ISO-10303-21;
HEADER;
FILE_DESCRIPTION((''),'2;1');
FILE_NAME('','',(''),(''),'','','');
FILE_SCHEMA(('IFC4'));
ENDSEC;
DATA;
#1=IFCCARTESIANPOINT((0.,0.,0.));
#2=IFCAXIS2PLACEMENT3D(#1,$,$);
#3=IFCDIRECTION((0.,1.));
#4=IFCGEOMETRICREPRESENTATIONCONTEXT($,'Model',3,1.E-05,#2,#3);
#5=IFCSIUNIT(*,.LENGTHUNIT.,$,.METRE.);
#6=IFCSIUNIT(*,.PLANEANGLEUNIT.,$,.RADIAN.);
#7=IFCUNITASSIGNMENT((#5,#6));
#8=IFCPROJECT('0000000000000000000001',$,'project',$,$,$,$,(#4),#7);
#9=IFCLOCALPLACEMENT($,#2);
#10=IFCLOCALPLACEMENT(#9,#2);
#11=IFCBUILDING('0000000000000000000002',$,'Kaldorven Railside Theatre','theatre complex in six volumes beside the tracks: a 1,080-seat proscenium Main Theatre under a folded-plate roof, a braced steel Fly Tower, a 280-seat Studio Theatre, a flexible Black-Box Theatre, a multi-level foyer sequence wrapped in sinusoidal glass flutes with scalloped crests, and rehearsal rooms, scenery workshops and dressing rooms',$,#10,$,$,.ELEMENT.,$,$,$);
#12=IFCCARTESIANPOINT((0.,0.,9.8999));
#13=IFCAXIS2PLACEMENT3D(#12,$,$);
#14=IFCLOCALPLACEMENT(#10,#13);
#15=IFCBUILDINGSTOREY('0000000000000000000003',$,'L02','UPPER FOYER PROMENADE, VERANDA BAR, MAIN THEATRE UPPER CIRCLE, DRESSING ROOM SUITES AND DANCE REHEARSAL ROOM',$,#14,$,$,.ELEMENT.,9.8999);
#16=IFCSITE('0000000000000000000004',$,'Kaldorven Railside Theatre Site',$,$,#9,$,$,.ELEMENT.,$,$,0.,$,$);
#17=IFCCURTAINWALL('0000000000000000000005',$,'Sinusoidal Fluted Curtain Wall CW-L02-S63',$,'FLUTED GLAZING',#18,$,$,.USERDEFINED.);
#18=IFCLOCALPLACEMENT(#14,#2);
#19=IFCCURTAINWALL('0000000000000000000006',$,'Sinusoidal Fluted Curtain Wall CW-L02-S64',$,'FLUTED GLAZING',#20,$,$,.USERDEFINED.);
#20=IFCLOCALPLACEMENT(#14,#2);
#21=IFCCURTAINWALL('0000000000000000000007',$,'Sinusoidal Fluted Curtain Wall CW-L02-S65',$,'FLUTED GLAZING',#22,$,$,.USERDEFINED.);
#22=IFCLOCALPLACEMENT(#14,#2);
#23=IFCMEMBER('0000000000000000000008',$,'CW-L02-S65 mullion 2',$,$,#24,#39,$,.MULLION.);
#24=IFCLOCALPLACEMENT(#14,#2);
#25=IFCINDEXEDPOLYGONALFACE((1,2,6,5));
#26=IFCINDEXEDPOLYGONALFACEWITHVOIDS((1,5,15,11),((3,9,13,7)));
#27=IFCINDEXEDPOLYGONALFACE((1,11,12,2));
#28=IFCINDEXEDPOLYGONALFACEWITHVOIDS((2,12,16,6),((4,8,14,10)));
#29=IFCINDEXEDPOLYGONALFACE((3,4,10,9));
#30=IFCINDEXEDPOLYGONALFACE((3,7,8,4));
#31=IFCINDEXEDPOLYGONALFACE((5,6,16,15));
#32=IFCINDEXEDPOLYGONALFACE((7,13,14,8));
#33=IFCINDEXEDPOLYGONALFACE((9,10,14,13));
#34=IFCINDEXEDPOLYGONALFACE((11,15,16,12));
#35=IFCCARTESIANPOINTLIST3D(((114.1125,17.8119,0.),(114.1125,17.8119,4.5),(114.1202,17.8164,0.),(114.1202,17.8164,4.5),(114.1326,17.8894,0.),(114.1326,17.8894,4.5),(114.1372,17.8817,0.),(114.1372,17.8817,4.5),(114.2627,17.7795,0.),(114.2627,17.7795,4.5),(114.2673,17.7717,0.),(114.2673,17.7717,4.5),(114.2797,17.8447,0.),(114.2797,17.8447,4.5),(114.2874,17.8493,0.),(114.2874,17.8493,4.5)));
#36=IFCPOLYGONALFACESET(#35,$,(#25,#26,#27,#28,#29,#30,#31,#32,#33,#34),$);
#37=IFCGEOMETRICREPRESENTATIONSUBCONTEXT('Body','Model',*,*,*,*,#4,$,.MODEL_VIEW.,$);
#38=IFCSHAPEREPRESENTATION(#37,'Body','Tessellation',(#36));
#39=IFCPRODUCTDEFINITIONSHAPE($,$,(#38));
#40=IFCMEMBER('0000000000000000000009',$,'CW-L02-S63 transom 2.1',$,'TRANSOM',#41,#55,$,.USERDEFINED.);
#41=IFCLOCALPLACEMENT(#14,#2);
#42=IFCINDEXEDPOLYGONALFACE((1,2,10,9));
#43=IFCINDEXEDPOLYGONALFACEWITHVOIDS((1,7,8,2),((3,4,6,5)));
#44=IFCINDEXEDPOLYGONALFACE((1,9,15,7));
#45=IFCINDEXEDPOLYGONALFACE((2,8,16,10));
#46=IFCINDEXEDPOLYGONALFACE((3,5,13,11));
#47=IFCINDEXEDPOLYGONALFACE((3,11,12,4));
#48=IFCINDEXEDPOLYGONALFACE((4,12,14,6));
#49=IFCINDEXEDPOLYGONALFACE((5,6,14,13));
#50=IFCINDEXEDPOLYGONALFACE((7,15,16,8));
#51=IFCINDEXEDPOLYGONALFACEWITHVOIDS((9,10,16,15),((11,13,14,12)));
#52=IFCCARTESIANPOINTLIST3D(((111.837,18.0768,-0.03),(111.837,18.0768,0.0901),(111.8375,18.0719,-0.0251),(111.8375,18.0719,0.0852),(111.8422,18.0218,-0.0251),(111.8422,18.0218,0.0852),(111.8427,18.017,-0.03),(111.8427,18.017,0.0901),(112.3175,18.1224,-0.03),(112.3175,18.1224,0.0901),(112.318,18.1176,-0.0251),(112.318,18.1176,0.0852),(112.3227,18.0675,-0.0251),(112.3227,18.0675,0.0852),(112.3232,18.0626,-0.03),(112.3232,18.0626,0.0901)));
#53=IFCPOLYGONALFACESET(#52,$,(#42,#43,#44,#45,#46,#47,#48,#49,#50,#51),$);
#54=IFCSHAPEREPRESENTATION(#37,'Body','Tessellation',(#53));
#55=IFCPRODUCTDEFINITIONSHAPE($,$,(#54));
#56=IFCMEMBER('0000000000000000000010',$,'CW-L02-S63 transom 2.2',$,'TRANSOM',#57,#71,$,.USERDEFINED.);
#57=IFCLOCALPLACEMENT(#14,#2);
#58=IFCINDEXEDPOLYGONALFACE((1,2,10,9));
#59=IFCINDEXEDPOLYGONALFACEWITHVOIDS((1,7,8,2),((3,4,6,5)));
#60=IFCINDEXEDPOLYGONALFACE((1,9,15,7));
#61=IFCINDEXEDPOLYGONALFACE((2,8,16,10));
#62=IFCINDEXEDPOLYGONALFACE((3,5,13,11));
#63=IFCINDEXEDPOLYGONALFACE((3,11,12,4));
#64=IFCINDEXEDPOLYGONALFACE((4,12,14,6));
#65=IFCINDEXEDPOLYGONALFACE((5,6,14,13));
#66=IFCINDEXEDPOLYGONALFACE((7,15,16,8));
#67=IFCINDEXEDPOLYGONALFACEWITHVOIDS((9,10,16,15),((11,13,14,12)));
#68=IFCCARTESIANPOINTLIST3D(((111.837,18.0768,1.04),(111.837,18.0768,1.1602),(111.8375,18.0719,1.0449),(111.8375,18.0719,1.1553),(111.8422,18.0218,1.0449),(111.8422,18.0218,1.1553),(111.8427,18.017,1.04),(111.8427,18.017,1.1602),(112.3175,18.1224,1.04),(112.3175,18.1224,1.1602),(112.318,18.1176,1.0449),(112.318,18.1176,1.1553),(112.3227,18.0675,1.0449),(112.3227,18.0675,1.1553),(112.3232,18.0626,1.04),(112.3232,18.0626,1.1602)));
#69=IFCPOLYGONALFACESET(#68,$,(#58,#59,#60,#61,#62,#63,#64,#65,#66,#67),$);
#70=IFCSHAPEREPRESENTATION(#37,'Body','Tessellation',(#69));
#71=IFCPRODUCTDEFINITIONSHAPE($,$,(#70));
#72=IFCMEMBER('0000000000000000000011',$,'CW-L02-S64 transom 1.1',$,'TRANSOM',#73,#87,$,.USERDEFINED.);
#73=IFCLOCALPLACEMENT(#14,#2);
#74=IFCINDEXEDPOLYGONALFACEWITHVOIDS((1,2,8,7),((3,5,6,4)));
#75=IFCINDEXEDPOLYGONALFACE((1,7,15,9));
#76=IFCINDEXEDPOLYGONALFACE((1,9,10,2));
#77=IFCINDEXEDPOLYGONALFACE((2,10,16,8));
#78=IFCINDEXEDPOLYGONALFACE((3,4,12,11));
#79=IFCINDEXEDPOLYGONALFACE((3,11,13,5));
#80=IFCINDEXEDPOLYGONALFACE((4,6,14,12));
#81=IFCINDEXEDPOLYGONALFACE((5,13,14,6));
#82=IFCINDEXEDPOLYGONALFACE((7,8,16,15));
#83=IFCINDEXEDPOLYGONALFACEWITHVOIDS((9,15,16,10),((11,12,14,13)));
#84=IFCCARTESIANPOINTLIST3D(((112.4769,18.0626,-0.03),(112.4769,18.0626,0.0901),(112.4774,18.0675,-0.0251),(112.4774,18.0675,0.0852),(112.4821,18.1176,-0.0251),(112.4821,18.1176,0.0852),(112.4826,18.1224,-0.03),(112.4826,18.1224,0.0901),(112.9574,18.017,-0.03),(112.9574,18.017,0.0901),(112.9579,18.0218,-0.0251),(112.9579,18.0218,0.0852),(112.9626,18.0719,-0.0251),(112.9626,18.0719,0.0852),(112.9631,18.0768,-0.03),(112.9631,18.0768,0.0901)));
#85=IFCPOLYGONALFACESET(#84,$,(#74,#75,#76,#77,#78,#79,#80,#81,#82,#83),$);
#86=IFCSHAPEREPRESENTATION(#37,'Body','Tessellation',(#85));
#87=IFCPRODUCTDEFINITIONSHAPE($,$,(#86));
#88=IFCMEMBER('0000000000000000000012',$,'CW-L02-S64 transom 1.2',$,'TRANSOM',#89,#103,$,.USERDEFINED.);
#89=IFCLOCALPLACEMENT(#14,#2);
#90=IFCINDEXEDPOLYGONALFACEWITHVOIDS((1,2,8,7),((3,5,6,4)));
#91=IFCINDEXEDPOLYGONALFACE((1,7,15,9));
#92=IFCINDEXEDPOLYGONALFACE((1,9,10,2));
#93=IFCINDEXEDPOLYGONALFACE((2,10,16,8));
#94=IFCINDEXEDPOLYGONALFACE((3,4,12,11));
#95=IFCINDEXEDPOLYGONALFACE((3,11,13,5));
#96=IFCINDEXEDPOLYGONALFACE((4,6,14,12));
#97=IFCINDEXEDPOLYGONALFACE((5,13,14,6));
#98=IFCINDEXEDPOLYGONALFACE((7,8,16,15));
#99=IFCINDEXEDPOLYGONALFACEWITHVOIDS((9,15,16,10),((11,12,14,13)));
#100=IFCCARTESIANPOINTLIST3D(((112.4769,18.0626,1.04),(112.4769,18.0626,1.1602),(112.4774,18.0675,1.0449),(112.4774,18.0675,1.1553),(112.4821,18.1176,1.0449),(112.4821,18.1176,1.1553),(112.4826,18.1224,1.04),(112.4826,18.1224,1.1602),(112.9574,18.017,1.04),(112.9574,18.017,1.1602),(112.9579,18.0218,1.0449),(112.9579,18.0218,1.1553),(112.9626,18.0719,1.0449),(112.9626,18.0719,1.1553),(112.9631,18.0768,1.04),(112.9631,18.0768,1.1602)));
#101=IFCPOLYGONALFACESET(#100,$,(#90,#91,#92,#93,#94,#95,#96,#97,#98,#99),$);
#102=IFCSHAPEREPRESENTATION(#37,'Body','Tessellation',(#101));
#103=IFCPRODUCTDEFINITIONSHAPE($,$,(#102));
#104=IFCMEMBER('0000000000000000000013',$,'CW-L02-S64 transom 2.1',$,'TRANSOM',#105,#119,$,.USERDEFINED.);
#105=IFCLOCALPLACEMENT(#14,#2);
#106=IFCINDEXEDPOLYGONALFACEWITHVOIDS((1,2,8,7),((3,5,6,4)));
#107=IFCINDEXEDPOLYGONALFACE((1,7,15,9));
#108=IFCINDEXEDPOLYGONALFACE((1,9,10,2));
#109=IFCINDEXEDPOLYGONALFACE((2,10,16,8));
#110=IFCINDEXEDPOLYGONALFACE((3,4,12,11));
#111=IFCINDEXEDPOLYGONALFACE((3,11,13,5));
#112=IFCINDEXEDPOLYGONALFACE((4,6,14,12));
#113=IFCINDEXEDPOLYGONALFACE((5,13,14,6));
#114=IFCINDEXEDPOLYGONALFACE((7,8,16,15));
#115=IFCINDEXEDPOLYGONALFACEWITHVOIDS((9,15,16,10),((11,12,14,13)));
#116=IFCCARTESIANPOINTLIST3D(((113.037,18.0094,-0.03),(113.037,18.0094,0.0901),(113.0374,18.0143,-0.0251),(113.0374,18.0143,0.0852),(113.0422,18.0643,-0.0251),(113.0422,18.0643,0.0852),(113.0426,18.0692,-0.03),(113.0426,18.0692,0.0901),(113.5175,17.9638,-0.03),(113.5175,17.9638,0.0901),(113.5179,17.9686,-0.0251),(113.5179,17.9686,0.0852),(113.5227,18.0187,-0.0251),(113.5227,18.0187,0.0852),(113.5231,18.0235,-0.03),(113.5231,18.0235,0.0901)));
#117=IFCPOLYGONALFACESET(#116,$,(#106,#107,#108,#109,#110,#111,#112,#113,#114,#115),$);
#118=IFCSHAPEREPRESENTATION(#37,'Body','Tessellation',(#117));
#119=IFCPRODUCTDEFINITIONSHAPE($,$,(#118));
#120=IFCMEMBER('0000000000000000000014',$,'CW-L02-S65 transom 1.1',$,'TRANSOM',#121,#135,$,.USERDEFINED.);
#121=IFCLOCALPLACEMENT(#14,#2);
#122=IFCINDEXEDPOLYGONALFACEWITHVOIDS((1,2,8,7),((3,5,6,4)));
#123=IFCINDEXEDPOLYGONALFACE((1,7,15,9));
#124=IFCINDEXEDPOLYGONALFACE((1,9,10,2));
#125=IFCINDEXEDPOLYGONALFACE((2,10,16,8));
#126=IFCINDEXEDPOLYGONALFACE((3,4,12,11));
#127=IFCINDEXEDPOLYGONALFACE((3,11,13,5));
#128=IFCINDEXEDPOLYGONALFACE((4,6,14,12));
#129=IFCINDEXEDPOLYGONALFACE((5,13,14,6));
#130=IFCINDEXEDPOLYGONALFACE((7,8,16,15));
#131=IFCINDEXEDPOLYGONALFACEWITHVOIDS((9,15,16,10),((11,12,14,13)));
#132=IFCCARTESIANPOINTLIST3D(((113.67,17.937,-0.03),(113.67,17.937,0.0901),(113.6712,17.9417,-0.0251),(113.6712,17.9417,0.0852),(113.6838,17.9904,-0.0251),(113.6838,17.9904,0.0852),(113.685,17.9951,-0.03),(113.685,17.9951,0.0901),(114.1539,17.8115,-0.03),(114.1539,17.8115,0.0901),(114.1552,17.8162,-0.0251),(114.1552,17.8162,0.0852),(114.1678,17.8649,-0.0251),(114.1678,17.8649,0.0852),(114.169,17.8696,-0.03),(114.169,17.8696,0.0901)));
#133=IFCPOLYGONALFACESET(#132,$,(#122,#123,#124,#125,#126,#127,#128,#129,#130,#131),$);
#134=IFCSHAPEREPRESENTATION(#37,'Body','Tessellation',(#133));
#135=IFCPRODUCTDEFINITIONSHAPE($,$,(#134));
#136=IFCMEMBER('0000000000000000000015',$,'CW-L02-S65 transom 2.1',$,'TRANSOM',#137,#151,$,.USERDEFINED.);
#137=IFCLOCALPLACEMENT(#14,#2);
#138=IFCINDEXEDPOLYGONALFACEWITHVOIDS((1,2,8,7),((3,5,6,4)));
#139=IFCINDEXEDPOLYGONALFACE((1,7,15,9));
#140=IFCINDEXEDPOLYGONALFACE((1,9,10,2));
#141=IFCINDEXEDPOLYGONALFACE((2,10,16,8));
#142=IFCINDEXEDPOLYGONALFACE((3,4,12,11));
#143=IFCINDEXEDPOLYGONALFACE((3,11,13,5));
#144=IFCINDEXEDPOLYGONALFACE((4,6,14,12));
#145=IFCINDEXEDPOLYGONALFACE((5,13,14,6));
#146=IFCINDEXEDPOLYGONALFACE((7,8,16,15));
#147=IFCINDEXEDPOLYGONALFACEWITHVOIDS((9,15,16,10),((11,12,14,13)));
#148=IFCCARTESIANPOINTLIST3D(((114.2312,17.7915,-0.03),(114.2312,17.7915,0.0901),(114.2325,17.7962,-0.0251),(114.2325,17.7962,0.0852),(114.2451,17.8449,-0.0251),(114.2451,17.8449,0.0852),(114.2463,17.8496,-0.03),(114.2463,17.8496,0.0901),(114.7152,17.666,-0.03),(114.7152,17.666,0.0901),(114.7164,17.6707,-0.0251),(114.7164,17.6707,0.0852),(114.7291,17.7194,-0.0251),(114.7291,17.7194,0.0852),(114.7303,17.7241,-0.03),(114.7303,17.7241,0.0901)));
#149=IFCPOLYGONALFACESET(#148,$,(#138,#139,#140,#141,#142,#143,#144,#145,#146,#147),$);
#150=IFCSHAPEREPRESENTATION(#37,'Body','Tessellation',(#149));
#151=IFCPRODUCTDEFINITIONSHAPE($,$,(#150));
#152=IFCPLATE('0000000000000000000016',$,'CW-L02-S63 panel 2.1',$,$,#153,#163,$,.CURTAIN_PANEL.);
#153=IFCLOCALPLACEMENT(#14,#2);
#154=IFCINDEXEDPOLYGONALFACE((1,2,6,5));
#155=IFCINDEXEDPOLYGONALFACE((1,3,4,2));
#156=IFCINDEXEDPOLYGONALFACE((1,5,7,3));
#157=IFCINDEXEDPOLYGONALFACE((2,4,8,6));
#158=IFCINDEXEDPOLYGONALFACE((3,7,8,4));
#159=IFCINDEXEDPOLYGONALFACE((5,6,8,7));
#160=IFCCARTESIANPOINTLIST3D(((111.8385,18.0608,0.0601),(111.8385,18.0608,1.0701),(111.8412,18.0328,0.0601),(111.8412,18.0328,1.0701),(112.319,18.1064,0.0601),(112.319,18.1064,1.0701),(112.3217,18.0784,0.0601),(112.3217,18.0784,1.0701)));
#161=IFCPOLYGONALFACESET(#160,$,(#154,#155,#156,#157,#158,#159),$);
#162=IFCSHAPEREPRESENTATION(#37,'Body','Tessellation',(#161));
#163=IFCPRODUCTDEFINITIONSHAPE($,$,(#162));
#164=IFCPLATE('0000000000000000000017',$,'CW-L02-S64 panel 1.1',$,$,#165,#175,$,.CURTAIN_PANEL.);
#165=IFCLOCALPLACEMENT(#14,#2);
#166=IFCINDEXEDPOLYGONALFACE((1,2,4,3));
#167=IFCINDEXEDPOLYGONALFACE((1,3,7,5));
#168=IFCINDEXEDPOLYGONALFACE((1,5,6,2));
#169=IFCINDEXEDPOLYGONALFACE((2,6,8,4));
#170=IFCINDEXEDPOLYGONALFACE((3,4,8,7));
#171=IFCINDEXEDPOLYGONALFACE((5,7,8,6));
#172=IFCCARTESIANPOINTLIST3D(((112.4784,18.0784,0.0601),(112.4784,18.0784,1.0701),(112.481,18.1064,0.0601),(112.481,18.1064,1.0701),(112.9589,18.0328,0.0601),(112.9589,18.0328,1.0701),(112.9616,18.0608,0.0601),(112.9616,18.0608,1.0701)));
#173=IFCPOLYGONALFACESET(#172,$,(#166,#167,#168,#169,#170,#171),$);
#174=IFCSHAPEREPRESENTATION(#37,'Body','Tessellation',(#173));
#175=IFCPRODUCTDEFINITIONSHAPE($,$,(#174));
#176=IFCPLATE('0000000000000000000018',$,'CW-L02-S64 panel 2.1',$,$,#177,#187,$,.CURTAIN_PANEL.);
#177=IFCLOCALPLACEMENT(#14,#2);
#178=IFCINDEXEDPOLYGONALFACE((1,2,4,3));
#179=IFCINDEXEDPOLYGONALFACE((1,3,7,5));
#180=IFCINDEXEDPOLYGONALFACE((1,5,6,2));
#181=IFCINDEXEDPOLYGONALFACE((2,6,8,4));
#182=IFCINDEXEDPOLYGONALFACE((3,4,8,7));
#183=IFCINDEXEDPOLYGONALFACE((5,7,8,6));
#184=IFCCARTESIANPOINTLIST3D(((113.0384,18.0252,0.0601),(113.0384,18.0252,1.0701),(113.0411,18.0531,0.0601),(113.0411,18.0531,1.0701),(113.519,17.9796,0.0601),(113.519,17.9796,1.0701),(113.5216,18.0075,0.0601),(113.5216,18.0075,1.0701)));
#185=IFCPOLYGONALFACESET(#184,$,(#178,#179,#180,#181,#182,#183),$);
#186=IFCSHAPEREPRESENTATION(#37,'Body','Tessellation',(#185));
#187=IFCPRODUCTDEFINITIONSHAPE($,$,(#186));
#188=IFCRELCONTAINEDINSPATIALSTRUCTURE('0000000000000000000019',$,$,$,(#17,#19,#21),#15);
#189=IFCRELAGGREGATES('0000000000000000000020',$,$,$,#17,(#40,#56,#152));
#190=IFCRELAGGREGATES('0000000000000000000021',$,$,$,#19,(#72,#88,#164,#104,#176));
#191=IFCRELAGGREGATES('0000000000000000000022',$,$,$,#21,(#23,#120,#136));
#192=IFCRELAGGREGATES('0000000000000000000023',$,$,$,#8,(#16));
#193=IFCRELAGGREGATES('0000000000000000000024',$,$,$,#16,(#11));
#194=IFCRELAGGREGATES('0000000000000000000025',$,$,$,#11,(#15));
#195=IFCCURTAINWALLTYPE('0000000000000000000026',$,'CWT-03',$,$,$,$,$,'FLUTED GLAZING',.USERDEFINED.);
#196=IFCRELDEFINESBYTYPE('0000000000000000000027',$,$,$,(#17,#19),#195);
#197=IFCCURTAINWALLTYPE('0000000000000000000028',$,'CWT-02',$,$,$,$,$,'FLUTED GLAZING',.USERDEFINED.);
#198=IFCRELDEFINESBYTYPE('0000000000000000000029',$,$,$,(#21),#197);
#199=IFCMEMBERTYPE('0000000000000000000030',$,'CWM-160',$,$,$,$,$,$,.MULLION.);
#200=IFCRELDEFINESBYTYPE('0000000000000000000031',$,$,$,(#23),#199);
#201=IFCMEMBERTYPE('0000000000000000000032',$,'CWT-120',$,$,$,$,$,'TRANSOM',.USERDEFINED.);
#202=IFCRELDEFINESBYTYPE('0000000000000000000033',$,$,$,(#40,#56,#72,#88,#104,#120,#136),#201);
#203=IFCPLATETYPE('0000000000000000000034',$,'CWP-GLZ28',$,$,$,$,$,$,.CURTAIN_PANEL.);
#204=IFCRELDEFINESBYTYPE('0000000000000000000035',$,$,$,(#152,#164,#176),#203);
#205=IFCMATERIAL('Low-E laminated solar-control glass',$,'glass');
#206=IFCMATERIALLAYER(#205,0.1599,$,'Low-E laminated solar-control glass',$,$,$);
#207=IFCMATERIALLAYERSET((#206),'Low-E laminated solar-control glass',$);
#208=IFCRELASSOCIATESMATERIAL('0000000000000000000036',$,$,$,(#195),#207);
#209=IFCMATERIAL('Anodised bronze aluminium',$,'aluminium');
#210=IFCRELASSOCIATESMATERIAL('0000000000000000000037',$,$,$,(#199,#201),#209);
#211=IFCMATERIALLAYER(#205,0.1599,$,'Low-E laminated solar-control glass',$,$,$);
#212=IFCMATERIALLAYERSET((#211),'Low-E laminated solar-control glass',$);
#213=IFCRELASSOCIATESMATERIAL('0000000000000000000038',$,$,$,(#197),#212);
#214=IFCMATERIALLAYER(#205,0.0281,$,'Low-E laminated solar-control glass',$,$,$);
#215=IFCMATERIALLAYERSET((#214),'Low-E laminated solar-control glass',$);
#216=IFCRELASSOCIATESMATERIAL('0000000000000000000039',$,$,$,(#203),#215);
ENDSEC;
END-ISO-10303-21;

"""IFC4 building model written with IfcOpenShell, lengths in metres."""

from ifc_helpers import new_model, si_unit, direction, frame, origin, origin_2d, place, context, subcontext, project, spatial, rectangle, hollow_rectangle, extrude, material, layer, layer_set, material_profile, profile_set, type_object, element, aggregate, save


model = new_model("IFC4")

# Units and contexts
model_context = context("Model", 3, precision=1e-05, world=origin(), true_north=direction((0.0, 1.0)))
body_context = subcontext(model_context, "Body", "Model", "MODEL_VIEW")
ifc_project = project(units=[si_unit("LENGTHUNIT", "METRE"), si_unit("PLANEANGLEUNIT", "RADIAN")], contexts=[model_context])

# Site, building, storey
site_placement = place(None, origin())
site = spatial("IfcSite", under=ifc_project, at=site_placement, Name="Kaldorven Railside Theatre Site", CompositionType="ELEMENT", RefElevation=0.0)
building_placement = place(site_placement, origin())
building = spatial("IfcBuilding", under=site, at=building_placement, Name="Kaldorven Railside Theatre", Description="theatre complex in six volumes beside the tracks: a 1,080-seat proscenium Main Theatre under a folded-plate roof, a braced steel Fly Tower, a 280-seat Studio Theatre, a flexible Black-Box Theatre, a multi-level foyer sequence wrapped in sinusoidal glass flutes with scalloped crests, and rehearsal rooms, scenery workshops and dressing rooms", CompositionType="ELEMENT")
storey_placement = place(building_placement, frame((0.0, 0.0, 9.8999)))
storey = spatial("IfcBuildingStorey", under=building, at=storey_placement, Name="L02", Description="UPPER FOYER PROMENADE, VERANDA BAR, MAIN THEATRE UPPER CIRCLE, DRESSING ROOM SUITES AND DANCE REHEARSAL ROOM", CompositionType="ELEMENT", Elevation=9.8999)

# Curtain walls, member
ifc_material_1 = material(Name="Low-E laminated solar-control glass", Category="glass")
ifc_layer_1 = layer(ifc_material_1, 0.1599, Name="Low-E laminated solar-control glass")
ifc_layer_set_1 = layer_set([ifc_layer_1], Name="Low-E laminated solar-control glass")
curtain_wall_type_1 = type_object("IfcCurtainWallType", Name="CWT-03", ElementType="FLUTED GLAZING", PredefinedType="USERDEFINED", material=ifc_layer_set_1)
curtain_wall_1_placement = place(storey_placement, origin())
curtain_wall_1 = element("IfcCurtainWall", 1, at=curtain_wall_1_placement, inside=storey, type_object=curtain_wall_type_1, Name="Sinusoidal Fluted Curtain Wall CW-L02-S63", ObjectType="FLUTED GLAZING", PredefinedType="USERDEFINED")
ifc_material_2 = material(Name="Anodised bronze aluminium", Category="aluminium")
ifc_material_profile_1 = material_profile(ifc_material_2, hollow_rectangle(XDim=0.0801, YDim=0.1599, WallThickness=0.0063, at=origin_2d()), Name="RHS 160x80x6.3")
ifc_profile_set_1 = profile_set([ifc_material_profile_1], Name="Anodised bronze aluminium")
member_type_1 = type_object("IfcMemberType", Name="CWM-160", PredefinedType="MULLION", material=ifc_profile_set_1)
curtain_wall_2_placement = place(storey_placement, origin())
curtain_wall_2 = element("IfcCurtainWall", 2, at=curtain_wall_2_placement, inside=storey, type_object=curtain_wall_type_1, Name="Sinusoidal Fluted Curtain Wall CW-L02-S64", ObjectType="FLUTED GLAZING", PredefinedType="USERDEFINED")
ifc_layer_2 = layer(ifc_material_1, 0.1599, Name="Low-E laminated solar-control glass")
ifc_layer_set_2 = layer_set([ifc_layer_2], Name="Low-E laminated solar-control glass")
curtain_wall_type_2 = type_object("IfcCurtainWallType", Name="CWT-02", ElementType="FLUTED GLAZING", PredefinedType="USERDEFINED", material=ifc_layer_set_2)
curtain_wall_3_placement = place(storey_placement, origin())
curtain_wall_3 = element("IfcCurtainWall", 3, at=curtain_wall_3_placement, inside=storey, type_object=curtain_wall_type_2, Name="Sinusoidal Fluted Curtain Wall CW-L02-S65", ObjectType="FLUTED GLAZING", PredefinedType="USERDEFINED")
member_1_placement = place(storey_placement, frame((114.2, 17.8306, 0.0), z_axis=(0.0, 0.0, 1.0), x_axis=(0.250954, 0.967999, 0.0)))
member_1 = element("IfcMember", 4, at=member_1_placement, type_object=member_type_1, Name="CW-L02-S65 mullion 2", PredefinedType="MULLION", context=body_context, shape_type="SweptSolid", body=[
    extrude(hollow_rectangle(XDim=0.0801, YDim=0.1599, WallThickness=0.0063, at=origin_2d()), origin(), (0.0, 0.0, 1.0), 4.5),
])

# Members
ifc_material_profile_2 = material_profile(ifc_material_2, hollow_rectangle(XDim=0.0601, YDim=0.1201, WallThickness=0.0049, at=origin_2d()), Name="RHS 120x60x5")
ifc_profile_set_2 = profile_set([ifc_material_profile_2], Name="Anodised bronze aluminium")
member_type_2 = type_object("IfcMemberType", Name="CWT-120", ElementType="TRANSOM", PredefinedType="USERDEFINED", material=ifc_profile_set_2)
member_2_placement = place(storey_placement, frame((111.8398, 18.0469, 0.03), z_axis=(0.995516, 0.094594, 0.0), x_axis=(-0.094594, 0.995516, 0.0)))
member_2 = element("IfcMember", 5, at=member_2_placement, type_object=member_type_2, Name="CW-L02-S63 transom 2.1", ObjectType="TRANSOM", PredefinedType="USERDEFINED", context=body_context, shape_type="SweptSolid", body=[
    extrude(hollow_rectangle(XDim=0.0601, YDim=0.1201, WallThickness=0.0049, at=origin_2d()), origin(), (0.0, 0.0, 1.0), 0.4827),
])
member_3_placement = place(storey_placement, frame((111.8398, 18.0469, 1.1001), z_axis=(0.995516, 0.094594, 0.0), x_axis=(-0.094594, 0.995516, 0.0)))
member_3 = element("IfcMember", 6, at=member_3_placement, type_object=member_type_2, Name="CW-L02-S63 transom 2.2", ObjectType="TRANSOM", PredefinedType="USERDEFINED", context=body_context, shape_type="SweptSolid", body=[
    extrude(hollow_rectangle(XDim=0.0601, YDim=0.1201, WallThickness=0.0049, at=origin_2d()), origin(), (0.0, 0.0, 1.0), 0.4827),
])
member_4_placement = place(storey_placement, frame((112.4797, 18.0925, 0.03), z_axis=(0.995516, -0.094594, 0.0), x_axis=(0.094594, 0.995516, 0.0)))
member_4 = element("IfcMember", 7, at=member_4_placement, type_object=member_type_2, Name="CW-L02-S64 transom 1.1", ObjectType="TRANSOM", PredefinedType="USERDEFINED", context=body_context, shape_type="SweptSolid", body=[
    extrude(hollow_rectangle(XDim=0.0601, YDim=0.1201, WallThickness=0.0049, at=origin_2d()), origin(), (0.0, 0.0, 1.0), 0.4827),
])
member_5_placement = place(storey_placement, frame((112.4797, 18.0925, 1.1001), z_axis=(0.995516, -0.094594, 0.0), x_axis=(0.094594, 0.995516, 0.0)))
member_5 = element("IfcMember", 8, at=member_5_placement, type_object=member_type_2, Name="CW-L02-S64 transom 1.2", ObjectType="TRANSOM", PredefinedType="USERDEFINED", context=body_context, shape_type="SweptSolid", body=[
    extrude(hollow_rectangle(XDim=0.0601, YDim=0.1201, WallThickness=0.0049, at=origin_2d()), origin(), (0.0, 0.0, 1.0), 0.4827),
])
member_6_placement = place(storey_placement, frame((113.0398, 18.0393, 0.03), z_axis=(0.995516, -0.094594, 0.0), x_axis=(0.094594, 0.995516, 0.0)))
member_6 = element("IfcMember", 9, at=member_6_placement, type_object=member_type_2, Name="CW-L02-S64 transom 2.1", ObjectType="TRANSOM", PredefinedType="USERDEFINED", context=body_context, shape_type="SweptSolid", body=[
    extrude(hollow_rectangle(XDim=0.0601, YDim=0.1201, WallThickness=0.0049, at=origin_2d()), origin(), (0.0, 0.0, 1.0), 0.4827),
])
member_7_placement = place(storey_placement, frame((113.6775, 17.9661, 0.03), z_axis=(0.967979, -0.25103, 0.0), x_axis=(0.25103, 0.967979, 0.0)))
member_7 = element("IfcMember", 10, at=member_7_placement, type_object=member_type_2, Name="CW-L02-S65 transom 1.1", ObjectType="TRANSOM", PredefinedType="USERDEFINED", context=body_context, shape_type="SweptSolid", body=[
    extrude(hollow_rectangle(XDim=0.0601, YDim=0.1201, WallThickness=0.0049, at=origin_2d()), origin(), (0.0, 0.0, 1.0), 0.5),
])
member_8_placement = place(storey_placement, frame((114.2388, 17.8206, 0.03), z_axis=(0.967979, -0.25103, 0.0), x_axis=(0.25103, 0.967979, 0.0)))
member_8 = element("IfcMember", 11, at=member_8_placement, type_object=member_type_2, Name="CW-L02-S65 transom 2.1", ObjectType="TRANSOM", PredefinedType="USERDEFINED", context=body_context, shape_type="SweptSolid", body=[
    extrude(hollow_rectangle(XDim=0.0601, YDim=0.1201, WallThickness=0.0049, at=origin_2d()), origin(), (0.0, 0.0, 1.0), 0.5),
])

# Plates
ifc_layer_3 = layer(ifc_material_1, 0.0281, Name="Low-E laminated solar-control glass")
ifc_layer_set_3 = layer_set([ifc_layer_3], Name="Low-E laminated solar-control glass")
plate_type = type_object("IfcPlateType", Name="CWP-GLZ28", PredefinedType="CURTAIN_PANEL", material=ifc_layer_set_3)
plate_1_placement = place(storey_placement, frame((112.0801, 18.0696, 0.0601), z_axis=(0.0, 0.0, 1.0), x_axis=(0.995526, 0.094492, 0.0)))
plate_1 = element("IfcPlate", 12, at=plate_1_placement, type_object=plate_type, Name="CW-L02-S63 panel 2.1", PredefinedType="CURTAIN_PANEL", context=body_context, shape_type="SweptSolid", body=[
    extrude(rectangle(XDim=0.4827, YDim=0.0281, at=origin_2d()), origin(), (0.0, 0.0, 1.0), 1.01),
])
aggregate(curtain_wall_1, [member_2, member_3, plate_1])
plate_2_placement = place(storey_placement, frame((112.72, 18.0696, 0.0601), z_axis=(0.0, 0.0, 1.0), x_axis=(0.995526, -0.094492, 0.0)))
plate_2 = element("IfcPlate", 13, at=plate_2_placement, type_object=plate_type, Name="CW-L02-S64 panel 1.1", PredefinedType="CURTAIN_PANEL", context=body_context, shape_type="SweptSolid", body=[
    extrude(rectangle(XDim=0.4827, YDim=0.0281, at=origin_2d()), origin(), (0.0, 0.0, 1.0), 1.01),
])
plate_3_placement = place(storey_placement, frame((113.28, 18.0164, 0.0601), z_axis=(0.0, 0.0, 1.0), x_axis=(0.995526, -0.094492, 0.0)))
plate_3 = element("IfcPlate", 14, at=plate_3_placement, type_object=plate_type, Name="CW-L02-S64 panel 2.1", PredefinedType="CURTAIN_PANEL", context=body_context, shape_type="SweptSolid", body=[
    extrude(rectangle(XDim=0.4827, YDim=0.0281, at=origin_2d()), origin(), (0.0, 0.0, 1.0), 1.01),
])
aggregate(curtain_wall_2, [member_4, member_5, plate_2, member_6, plate_3])
aggregate(curtain_wall_3, [member_1, member_7, member_8])

save(model, "model.ifc")
